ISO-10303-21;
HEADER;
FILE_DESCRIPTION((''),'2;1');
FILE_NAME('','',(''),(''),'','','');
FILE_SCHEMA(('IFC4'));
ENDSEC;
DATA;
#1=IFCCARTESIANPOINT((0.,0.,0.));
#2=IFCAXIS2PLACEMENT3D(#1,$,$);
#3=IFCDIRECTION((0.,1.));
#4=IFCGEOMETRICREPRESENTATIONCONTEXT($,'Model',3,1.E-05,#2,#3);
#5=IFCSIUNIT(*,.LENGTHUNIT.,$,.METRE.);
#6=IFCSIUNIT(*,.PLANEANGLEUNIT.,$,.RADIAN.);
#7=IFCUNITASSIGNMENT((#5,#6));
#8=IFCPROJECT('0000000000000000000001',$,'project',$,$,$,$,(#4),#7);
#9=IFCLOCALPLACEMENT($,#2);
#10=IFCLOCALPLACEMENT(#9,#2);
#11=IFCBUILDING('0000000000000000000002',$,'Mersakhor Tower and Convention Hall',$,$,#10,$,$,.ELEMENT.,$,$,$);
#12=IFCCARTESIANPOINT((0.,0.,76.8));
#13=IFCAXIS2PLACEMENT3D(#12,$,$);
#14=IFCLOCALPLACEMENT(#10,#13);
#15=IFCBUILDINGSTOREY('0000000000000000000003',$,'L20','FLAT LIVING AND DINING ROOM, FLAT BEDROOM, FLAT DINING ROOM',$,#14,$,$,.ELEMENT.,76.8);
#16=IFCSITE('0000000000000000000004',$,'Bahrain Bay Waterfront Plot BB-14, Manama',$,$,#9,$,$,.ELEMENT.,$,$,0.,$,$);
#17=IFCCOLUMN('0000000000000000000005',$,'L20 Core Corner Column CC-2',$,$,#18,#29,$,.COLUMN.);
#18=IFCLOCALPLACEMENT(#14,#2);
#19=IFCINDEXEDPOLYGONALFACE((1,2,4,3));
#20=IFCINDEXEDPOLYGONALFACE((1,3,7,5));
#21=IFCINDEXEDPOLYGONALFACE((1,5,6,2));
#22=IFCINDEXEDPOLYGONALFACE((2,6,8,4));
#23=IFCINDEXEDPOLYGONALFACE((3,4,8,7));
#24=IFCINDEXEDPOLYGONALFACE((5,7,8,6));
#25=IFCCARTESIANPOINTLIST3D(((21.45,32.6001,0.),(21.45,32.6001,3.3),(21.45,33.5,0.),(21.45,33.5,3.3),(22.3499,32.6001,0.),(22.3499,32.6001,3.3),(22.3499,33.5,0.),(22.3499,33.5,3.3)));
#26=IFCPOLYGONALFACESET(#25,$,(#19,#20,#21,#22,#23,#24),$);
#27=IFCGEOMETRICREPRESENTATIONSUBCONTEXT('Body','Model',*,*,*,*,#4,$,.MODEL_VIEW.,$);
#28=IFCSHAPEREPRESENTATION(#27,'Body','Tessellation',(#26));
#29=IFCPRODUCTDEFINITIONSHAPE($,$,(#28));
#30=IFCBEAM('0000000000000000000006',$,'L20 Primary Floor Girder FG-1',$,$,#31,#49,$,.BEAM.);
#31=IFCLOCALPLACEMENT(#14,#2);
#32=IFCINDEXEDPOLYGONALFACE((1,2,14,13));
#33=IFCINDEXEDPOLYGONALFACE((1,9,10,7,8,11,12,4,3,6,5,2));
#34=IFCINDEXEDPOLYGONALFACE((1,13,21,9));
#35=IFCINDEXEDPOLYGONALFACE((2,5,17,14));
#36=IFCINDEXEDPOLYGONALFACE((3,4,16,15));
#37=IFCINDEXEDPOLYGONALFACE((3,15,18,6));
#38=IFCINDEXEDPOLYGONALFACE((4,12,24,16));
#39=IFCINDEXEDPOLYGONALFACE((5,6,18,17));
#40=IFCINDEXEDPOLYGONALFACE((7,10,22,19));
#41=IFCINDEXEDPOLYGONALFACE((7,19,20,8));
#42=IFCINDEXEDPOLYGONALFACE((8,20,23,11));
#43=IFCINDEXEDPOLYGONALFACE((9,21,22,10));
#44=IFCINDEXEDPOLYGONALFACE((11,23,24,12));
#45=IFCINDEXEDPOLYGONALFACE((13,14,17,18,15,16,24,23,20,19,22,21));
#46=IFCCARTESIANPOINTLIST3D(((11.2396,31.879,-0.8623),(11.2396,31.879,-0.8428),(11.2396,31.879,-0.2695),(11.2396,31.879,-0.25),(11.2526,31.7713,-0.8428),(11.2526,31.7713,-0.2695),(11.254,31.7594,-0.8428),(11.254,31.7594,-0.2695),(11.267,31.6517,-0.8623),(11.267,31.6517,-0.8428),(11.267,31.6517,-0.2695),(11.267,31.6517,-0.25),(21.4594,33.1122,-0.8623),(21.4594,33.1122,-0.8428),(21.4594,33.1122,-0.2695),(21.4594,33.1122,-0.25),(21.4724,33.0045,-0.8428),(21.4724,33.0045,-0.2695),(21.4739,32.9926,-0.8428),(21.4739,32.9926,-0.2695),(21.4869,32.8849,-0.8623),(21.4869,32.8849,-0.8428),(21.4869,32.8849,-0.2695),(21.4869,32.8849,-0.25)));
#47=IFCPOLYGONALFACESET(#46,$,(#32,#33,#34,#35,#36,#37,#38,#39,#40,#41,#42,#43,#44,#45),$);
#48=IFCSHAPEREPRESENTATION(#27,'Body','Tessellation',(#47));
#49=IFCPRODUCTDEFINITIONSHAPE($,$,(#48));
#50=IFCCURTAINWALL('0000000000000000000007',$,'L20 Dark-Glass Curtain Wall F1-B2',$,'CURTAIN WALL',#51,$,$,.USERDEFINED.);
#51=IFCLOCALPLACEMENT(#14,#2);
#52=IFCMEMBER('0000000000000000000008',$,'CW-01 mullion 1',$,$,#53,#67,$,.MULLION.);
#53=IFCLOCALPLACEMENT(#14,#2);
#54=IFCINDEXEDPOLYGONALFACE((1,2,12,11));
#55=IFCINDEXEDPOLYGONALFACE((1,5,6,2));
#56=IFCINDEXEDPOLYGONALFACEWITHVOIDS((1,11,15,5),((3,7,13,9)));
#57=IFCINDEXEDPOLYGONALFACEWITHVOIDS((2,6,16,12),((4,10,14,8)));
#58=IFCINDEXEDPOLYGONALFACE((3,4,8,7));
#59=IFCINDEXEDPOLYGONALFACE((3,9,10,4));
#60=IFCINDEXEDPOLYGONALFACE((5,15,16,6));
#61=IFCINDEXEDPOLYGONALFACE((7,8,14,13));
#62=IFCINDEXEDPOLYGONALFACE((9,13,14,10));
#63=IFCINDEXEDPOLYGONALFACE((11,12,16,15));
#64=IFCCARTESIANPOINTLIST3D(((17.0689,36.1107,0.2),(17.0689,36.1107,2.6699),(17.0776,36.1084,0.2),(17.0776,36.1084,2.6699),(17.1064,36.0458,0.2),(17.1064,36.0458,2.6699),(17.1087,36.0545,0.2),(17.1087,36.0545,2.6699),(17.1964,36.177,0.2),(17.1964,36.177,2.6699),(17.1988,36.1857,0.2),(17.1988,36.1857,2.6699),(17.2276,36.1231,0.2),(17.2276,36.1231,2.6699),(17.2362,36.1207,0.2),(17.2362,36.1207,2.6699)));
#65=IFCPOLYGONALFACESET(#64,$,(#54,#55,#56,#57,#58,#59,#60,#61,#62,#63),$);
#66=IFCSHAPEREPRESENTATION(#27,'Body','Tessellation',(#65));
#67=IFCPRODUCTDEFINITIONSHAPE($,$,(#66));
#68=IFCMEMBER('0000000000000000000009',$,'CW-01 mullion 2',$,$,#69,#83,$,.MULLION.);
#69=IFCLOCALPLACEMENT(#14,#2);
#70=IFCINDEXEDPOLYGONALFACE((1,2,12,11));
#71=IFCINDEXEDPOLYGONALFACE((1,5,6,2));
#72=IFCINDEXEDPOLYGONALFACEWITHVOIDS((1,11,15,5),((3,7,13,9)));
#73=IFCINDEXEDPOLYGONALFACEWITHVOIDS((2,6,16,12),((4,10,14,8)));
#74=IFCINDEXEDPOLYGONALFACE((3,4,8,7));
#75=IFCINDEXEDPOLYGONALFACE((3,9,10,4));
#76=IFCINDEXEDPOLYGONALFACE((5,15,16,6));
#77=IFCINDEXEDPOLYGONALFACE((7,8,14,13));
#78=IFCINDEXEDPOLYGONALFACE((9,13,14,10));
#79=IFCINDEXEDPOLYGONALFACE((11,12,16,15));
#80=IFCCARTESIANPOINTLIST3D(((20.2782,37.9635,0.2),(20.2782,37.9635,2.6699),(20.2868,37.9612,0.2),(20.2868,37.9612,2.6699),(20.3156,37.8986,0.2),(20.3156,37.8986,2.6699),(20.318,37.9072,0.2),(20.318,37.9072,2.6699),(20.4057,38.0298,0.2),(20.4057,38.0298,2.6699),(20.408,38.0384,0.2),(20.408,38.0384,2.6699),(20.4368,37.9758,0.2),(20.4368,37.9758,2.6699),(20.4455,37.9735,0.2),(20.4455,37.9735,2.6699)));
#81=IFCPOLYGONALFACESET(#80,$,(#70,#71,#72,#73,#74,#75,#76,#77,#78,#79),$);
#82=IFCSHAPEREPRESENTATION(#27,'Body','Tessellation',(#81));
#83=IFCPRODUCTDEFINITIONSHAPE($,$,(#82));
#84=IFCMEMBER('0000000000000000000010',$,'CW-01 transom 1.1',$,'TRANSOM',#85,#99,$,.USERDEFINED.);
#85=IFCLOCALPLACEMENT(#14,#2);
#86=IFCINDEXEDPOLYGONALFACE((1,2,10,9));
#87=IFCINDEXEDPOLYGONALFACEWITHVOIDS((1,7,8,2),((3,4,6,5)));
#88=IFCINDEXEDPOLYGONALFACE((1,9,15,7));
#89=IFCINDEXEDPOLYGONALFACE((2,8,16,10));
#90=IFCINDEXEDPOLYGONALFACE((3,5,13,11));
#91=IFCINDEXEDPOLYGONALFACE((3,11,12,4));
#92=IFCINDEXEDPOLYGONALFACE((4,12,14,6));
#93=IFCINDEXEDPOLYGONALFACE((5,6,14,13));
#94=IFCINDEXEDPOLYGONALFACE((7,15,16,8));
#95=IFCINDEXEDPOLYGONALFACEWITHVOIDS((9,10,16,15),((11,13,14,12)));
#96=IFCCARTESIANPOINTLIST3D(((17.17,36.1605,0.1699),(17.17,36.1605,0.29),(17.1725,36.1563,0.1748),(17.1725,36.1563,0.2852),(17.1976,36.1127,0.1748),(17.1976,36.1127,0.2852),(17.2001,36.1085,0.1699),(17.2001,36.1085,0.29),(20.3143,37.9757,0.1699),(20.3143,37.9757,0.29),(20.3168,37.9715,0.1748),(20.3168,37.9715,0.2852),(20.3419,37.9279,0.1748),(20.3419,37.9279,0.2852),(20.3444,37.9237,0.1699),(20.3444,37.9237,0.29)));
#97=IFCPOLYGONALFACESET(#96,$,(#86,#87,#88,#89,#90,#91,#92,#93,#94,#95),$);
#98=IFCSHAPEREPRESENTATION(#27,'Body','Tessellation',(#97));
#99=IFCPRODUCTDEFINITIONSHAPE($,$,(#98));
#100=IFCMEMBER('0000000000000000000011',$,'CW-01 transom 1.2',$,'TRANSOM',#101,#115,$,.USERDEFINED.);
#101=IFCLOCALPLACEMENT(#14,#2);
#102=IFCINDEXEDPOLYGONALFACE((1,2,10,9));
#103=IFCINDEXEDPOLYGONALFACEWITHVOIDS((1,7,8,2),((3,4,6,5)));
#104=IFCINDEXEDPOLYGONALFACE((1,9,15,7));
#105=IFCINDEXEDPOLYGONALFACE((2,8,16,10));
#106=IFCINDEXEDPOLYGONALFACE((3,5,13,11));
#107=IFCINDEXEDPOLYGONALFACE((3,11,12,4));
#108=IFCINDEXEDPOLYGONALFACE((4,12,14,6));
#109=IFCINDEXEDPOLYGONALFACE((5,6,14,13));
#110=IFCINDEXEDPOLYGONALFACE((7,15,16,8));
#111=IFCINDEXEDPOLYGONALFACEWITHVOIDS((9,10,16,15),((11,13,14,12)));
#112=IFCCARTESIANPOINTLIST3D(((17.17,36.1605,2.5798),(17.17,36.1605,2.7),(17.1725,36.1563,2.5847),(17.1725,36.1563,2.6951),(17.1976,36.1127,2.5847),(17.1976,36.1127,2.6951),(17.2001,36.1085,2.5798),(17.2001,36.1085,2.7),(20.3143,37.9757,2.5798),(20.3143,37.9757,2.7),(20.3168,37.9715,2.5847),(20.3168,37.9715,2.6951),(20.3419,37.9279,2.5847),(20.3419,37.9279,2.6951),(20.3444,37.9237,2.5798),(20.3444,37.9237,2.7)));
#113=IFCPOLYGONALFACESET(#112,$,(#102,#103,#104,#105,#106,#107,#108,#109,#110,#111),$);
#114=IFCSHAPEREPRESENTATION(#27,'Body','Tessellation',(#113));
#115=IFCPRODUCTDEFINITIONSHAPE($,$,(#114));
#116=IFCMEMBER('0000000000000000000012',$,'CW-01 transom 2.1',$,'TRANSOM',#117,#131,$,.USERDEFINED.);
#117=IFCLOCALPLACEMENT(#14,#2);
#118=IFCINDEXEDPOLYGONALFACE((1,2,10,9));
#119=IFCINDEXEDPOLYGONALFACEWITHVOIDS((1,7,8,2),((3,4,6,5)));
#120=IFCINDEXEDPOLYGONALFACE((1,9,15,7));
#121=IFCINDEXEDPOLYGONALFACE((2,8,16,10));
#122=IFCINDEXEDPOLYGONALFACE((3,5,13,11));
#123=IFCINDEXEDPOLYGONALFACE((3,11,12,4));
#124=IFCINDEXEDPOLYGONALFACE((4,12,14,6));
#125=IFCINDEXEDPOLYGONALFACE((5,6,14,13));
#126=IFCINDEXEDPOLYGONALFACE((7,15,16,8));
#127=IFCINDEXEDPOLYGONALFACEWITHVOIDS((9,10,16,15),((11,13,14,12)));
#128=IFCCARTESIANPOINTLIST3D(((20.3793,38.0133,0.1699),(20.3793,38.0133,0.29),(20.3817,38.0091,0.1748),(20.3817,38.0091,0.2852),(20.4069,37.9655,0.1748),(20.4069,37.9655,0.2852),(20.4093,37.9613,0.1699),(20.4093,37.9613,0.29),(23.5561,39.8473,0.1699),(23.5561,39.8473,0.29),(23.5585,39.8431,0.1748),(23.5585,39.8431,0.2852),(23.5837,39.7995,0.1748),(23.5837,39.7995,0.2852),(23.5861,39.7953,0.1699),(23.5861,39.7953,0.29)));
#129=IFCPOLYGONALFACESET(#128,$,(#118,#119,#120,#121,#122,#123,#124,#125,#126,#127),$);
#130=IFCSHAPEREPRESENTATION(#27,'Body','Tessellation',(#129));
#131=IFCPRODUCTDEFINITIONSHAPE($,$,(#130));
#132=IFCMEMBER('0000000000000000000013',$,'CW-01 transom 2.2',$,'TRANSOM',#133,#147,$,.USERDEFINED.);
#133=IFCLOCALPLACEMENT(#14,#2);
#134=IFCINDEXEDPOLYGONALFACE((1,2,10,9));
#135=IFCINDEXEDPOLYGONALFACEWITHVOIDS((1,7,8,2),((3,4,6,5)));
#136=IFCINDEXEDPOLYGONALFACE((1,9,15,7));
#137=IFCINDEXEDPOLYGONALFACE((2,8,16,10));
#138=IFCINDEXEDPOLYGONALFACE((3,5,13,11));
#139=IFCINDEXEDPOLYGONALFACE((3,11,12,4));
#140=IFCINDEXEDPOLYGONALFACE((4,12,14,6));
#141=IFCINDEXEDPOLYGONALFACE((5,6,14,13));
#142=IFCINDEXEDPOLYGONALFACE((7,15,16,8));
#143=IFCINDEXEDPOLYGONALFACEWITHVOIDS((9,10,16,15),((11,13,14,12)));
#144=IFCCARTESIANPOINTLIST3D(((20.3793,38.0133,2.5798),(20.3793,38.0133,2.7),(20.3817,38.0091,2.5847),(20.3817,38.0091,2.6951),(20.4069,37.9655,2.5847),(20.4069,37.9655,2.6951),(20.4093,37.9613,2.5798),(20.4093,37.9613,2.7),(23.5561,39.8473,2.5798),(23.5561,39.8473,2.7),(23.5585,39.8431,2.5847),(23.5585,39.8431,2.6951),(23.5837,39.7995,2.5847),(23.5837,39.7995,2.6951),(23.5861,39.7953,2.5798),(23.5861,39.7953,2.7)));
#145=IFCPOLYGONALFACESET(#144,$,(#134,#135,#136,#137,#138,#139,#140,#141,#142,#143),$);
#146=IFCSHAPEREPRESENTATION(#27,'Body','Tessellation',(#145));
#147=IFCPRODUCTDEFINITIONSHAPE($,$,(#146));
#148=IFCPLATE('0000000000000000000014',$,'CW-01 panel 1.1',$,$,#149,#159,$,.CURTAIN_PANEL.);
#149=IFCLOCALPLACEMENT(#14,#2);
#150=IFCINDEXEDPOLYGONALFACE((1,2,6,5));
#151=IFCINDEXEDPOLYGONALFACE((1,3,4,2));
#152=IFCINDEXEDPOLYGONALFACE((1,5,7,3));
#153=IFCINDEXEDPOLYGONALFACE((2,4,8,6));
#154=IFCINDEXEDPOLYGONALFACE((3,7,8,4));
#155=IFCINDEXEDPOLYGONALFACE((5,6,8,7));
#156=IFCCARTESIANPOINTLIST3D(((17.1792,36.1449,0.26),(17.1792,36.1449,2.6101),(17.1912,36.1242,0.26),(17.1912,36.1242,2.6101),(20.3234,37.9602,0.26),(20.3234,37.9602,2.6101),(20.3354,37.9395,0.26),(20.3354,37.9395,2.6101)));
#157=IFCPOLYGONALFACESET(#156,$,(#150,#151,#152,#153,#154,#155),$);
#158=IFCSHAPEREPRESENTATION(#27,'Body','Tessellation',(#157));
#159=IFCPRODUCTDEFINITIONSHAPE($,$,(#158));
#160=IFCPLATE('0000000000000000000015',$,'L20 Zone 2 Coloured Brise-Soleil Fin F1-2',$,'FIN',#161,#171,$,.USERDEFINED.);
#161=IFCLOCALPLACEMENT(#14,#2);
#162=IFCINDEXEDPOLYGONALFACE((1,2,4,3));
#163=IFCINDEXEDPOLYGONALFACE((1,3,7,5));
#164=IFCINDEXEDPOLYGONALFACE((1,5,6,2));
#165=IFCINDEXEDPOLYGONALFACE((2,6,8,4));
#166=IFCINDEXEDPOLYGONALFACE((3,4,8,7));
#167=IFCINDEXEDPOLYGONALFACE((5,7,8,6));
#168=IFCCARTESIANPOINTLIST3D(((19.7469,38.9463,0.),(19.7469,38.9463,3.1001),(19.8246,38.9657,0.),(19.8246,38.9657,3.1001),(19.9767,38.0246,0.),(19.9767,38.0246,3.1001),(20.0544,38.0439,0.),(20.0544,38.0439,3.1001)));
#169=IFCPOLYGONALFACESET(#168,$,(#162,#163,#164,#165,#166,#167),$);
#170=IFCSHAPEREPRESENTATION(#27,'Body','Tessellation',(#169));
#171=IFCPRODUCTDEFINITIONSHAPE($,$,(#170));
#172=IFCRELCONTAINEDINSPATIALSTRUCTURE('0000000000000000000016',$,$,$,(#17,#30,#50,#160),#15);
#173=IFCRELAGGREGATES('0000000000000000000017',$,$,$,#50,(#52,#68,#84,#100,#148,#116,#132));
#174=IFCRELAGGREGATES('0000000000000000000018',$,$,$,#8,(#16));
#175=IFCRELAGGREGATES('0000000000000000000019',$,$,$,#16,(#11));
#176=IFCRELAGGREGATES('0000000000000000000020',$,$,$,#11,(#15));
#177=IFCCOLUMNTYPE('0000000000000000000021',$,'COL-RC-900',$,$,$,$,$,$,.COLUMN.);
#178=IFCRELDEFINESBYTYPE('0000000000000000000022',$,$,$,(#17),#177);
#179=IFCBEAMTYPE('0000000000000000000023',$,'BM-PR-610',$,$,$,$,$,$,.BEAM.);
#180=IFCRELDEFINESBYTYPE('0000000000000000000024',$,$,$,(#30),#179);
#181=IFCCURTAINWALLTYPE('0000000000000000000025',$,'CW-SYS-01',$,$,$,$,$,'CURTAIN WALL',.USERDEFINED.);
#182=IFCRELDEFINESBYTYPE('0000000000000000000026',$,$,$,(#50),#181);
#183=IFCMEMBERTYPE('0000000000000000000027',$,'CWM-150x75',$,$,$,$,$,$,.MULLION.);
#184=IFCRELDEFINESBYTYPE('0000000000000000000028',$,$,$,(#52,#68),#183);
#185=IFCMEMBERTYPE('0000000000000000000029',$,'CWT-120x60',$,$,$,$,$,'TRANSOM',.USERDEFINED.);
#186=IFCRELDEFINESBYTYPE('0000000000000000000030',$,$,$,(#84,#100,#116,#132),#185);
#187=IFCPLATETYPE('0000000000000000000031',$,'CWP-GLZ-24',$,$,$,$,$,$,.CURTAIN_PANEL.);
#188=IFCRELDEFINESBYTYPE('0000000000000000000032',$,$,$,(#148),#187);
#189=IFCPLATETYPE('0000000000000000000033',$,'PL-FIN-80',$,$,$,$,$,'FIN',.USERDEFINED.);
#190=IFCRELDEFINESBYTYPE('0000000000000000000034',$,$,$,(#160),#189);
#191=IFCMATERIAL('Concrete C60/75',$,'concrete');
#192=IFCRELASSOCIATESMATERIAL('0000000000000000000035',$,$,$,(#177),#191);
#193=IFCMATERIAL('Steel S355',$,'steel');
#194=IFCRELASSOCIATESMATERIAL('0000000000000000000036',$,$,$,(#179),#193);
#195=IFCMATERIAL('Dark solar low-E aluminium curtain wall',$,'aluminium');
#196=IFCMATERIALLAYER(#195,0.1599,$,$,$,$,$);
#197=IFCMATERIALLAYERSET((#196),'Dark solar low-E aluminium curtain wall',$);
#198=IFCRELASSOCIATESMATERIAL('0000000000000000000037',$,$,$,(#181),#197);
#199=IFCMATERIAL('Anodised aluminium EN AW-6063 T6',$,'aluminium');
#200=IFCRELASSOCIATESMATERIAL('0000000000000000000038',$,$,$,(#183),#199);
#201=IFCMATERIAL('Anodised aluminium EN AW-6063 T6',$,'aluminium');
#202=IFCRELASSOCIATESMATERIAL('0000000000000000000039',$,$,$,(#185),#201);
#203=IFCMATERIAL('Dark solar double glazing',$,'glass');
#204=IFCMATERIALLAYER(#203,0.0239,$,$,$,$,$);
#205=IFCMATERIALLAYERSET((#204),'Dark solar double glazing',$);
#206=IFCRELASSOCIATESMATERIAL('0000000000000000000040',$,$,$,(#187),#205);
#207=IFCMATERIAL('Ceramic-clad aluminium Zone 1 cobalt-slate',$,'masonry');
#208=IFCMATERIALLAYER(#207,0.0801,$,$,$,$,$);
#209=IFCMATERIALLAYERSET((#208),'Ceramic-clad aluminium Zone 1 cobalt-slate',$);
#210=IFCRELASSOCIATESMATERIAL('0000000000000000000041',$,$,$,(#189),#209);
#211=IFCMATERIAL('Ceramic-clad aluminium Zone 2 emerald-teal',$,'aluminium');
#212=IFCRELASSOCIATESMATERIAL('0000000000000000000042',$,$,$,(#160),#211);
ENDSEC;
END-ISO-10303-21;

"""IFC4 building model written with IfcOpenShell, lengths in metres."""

from ifc_helpers import new_model, si_unit, direction, frame, origin, origin_2d, place, context, subcontext, project, spatial, rectangle, hollow_rectangle, i_section, extrude, material, layer, layer_set, material_profile, profile_set, type_object, element, aggregate, save


model = new_model("IFC4")

# Units and contexts
model_context = context("Model", 3, precision=1e-05, world=origin(), true_north=direction((0.0, 1.0)))
body_context = subcontext(model_context, "Body", "Model", "MODEL_VIEW")
ifc_project = project(units=[si_unit("LENGTHUNIT", "METRE"), si_unit("PLANEANGLEUNIT", "RADIAN")], contexts=[model_context])

# Site, building, storey
site_placement = place(None, origin())
site = spatial("IfcSite", under=ifc_project, at=site_placement, Name="Bahrain Bay Waterfront Plot BB-14, Manama", CompositionType="ELEMENT", RefElevation=0.0)
building_placement = place(site_placement, origin())
building = spatial("IfcBuilding", under=site, at=building_placement, Name="Mersakhor Tower and Convention Hall", CompositionType="ELEMENT")
storey_placement = place(building_placement, frame((0.0, 0.0, 76.8)))
storey = spatial("IfcBuildingStorey", under=building, at=storey_placement, Name="L20", Description="FLAT LIVING AND DINING ROOM, FLAT BEDROOM, FLAT DINING ROOM", CompositionType="ELEMENT", Elevation=76.8)

# Column
ifc_material_1 = material(Name="Concrete C60/75", Category="concrete")
ifc_material_profile_1 = material_profile(ifc_material_1, rectangle(XDim=0.8999, YDim=0.8999, at=origin_2d()), Name="RC 900x900")
ifc_profile_set_1 = profile_set([ifc_material_profile_1], Name="Concrete C60/75")
column_type = type_object("IfcColumnType", Name="COL-RC-900", PredefinedType="COLUMN", material=ifc_profile_set_1)
column_placement = place(storey_placement, frame((21.8999, 33.05, 0.0), z_axis=(0.0, 0.0, 1.0), x_axis=(1.0, 0.0, 0.0)))
element("IfcColumn", 1, at=column_placement, inside=storey, type_object=column_type, Name="L20 Core Corner Column CC-2", PredefinedType="COLUMN", context=body_context, shape_type="SweptSolid", body=[
    extrude(rectangle(XDim=0.8999, YDim=0.8999, at=origin_2d()), origin(), (0.0, 0.0, 1.0), 3.3),
])

# Beam
ifc_material_2 = material(Name="Steel S355", Category="steel")
ifc_material_profile_2 = material_profile(ifc_material_2, i_section(OverallWidth=0.229, OverallDepth=0.6123, WebThickness=0.012, FlangeThickness=0.0195, at=origin_2d()), Name="UB 610x229x125")
ifc_profile_set_2 = profile_set([ifc_material_profile_2], Name="Steel S355")
beam_type = type_object("IfcBeamType", Name="BM-PR-610", PredefinedType="BEAM", material=ifc_profile_set_2)
beam_placement = place(storey_placement, frame((21.4731, 32.9985, -0.5562), z_axis=(-0.992799, -0.119795, 0.0), x_axis=(0.119795, -0.992799, 0.0)))
element("IfcBeam", 2, at=beam_placement, inside=storey, type_object=beam_type, Name="L20 Primary Floor Girder FG-1", PredefinedType="BEAM", context=body_context, shape_type="SweptSolid", body=[
    extrude(i_section(OverallWidth=0.229, OverallDepth=0.6123, WebThickness=0.012, FlangeThickness=0.0195, at=origin_2d()), origin(), (0.0, 0.0, 1.0), 10.2939),
])

# Curtain wall, members, plate
ifc_material_3 = material(Name="Dark solar low-E aluminium curtain wall", Category="aluminium")
ifc_layer_1 = layer(ifc_material_3, 0.1599)
ifc_layer_set_1 = layer_set([ifc_layer_1], Name="Dark solar low-E aluminium curtain wall")
curtain_wall_type = type_object("IfcCurtainWallType", Name="CW-SYS-01", ElementType="CURTAIN WALL", PredefinedType="USERDEFINED", material=ifc_layer_set_1)
curtain_wall_placement = place(storey_placement, origin())
curtain_wall = element("IfcCurtainWall", 3, at=curtain_wall_placement, inside=storey, type_object=curtain_wall_type, Name="L20 Dark-Glass Curtain Wall F1-B2", ObjectType="CURTAIN WALL", PredefinedType="USERDEFINED")
ifc_material_4 = material(Name="Anodised aluminium EN AW-6063 T6", Category="aluminium")
ifc_material_profile_3 = material_profile(ifc_material_4, hollow_rectangle(XDim=0.075, YDim=0.1499, WallThickness=0.0063, at=origin_2d()), Name="RHS 150x75x6.3")
ifc_profile_set_3 = profile_set([ifc_material_profile_3], Name="Anodised aluminium EN AW-6063 T6")
member_type_1 = type_object("IfcMemberType", Name="CWM-150x75", PredefinedType="MULLION", material=ifc_profile_set_3)
member_1_placement = place(storey_placement, frame((17.1526, 36.1157, 0.2), z_axis=(0.0, 0.0, 1.0), x_axis=(-0.499998, 0.866027, 0.0)))
member_1 = element("IfcMember", 4, at=member_1_placement, type_object=member_type_1, Name="CW-01 mullion 1", PredefinedType="MULLION", context=body_context, shape_type="SweptSolid", body=[
    extrude(hollow_rectangle(XDim=0.075, YDim=0.1499, WallThickness=0.0063, at=origin_2d()), origin(), (0.0, 0.0, 1.0), 2.47),
])
member_2_placement = place(storey_placement, frame((20.3618, 37.9685, 0.2), z_axis=(0.0, 0.0, 1.0), x_axis=(-0.499998, 0.866027, 0.0)))
member_2 = element("IfcMember", 5, at=member_2_placement, type_object=member_type_1, Name="CW-01 mullion 2", PredefinedType="MULLION", context=body_context, shape_type="SweptSolid", body=[
    extrude(hollow_rectangle(XDim=0.075, YDim=0.1499, WallThickness=0.0063, at=origin_2d()), origin(), (0.0, 0.0, 1.0), 2.47),
])
ifc_material_5 = material(Name="Anodised aluminium EN AW-6063 T6", Category="aluminium")
ifc_material_profile_4 = material_profile(ifc_material_5, hollow_rectangle(XDim=0.0601, YDim=0.1201, WallThickness=0.0049, at=origin_2d()), Name="RHS 120x60x5")
ifc_profile_set_4 = profile_set([ifc_material_profile_4], Name="Anodised aluminium EN AW-6063 T6")
member_type_2 = type_object("IfcMemberType", Name="CWT-120x60", ElementType="TRANSOM", PredefinedType="USERDEFINED", material=ifc_profile_set_4)
member_3_placement = place(storey_placement, frame((17.1851, 36.1345, 0.23), z_axis=(0.866046, 0.499965, 0.0), x_axis=(-0.499965, 0.866046, 0.0)))
member_3 = element("IfcMember", 6, at=member_3_placement, type_object=member_type_2, Name="CW-01 transom 1.1", ObjectType="TRANSOM", PredefinedType="USERDEFINED", context=body_context, shape_type="SweptSolid", body=[
    extrude(hollow_rectangle(XDim=0.0601, YDim=0.1201, WallThickness=0.0049, at=origin_2d()), origin(), (0.0, 0.0, 1.0), 3.6306),
])
member_4_placement = place(storey_placement, frame((17.1851, 36.1345, 2.6399), z_axis=(0.866046, 0.499965, 0.0), x_axis=(-0.499965, 0.866046, 0.0)))
member_4 = element("IfcMember", 7, at=member_4_placement, type_object=member_type_2, Name="CW-01 transom 1.2", ObjectType="TRANSOM", PredefinedType="USERDEFINED", context=body_context, shape_type="SweptSolid", body=[
    extrude(hollow_rectangle(XDim=0.0601, YDim=0.1201, WallThickness=0.0049, at=origin_2d()), origin(), (0.0, 0.0, 1.0), 3.6306),
])
member_5_placement = place(storey_placement, frame((20.3943, 37.9873, 0.23), z_axis=(0.866039, 0.499976, 0.0), x_axis=(-0.499976, 0.866039, 0.0)))
member_5 = element("IfcMember", 8, at=member_5_placement, type_object=member_type_2, Name="CW-01 transom 2.1", ObjectType="TRANSOM", PredefinedType="USERDEFINED", context=body_context, shape_type="SweptSolid", body=[
    extrude(hollow_rectangle(XDim=0.0601, YDim=0.1201, WallThickness=0.0049, at=origin_2d()), origin(), (0.0, 0.0, 1.0), 3.6682),
])
member_6_placement = place(storey_placement, frame((20.3943, 37.9873, 2.6399), z_axis=(0.866039, 0.499976, 0.0), x_axis=(-0.499976, 0.866039, 0.0)))
member_6 = element("IfcMember", 9, at=member_6_placement, type_object=member_type_2, Name="CW-01 transom 2.2", ObjectType="TRANSOM", PredefinedType="USERDEFINED", context=body_context, shape_type="SweptSolid", body=[
    extrude(hollow_rectangle(XDim=0.0601, YDim=0.1201, WallThickness=0.0049, at=origin_2d()), origin(), (0.0, 0.0, 1.0), 3.6682),
])
ifc_material_6 = material(Name="Dark solar double glazing", Category="glass")
ifc_layer_2 = layer(ifc_material_6, 0.0239)
ifc_layer_set_2 = layer_set([ifc_layer_2], Name="Dark solar double glazing")
plate_type_1 = type_object("IfcPlateType", Name="CWP-GLZ-24", PredefinedType="CURTAIN_PANEL", material=ifc_layer_set_2)
plate_1_placement = place(storey_placement, frame((18.7573, 37.0422, 0.26), z_axis=(0.0, 0.0, 1.0), x_axis=(0.866027, 0.499998, 0.0)))
plate_1 = element("IfcPlate", 10, at=plate_1_placement, type_object=plate_type_1, Name="CW-01 panel 1.1", PredefinedType="CURTAIN_PANEL", context=body_context, shape_type="SweptSolid", body=[
    extrude(rectangle(XDim=3.6306, YDim=0.0239, at=origin_2d()), origin(), (0.0, 0.0, 1.0), 2.3501),
])
aggregate(curtain_wall, [member_1, member_2, member_3, member_4, plate_1, member_5, member_6])

# Plate
ifc_material_7 = material(Name="Ceramic-clad aluminium Zone 2 emerald-teal", Category="aluminium")
ifc_material_8 = material(Name="Ceramic-clad aluminium Zone 1 cobalt-slate", Category="masonry")
ifc_layer_3 = layer(ifc_material_8, 0.0801)
ifc_layer_set_3 = layer_set([ifc_layer_3], Name="Ceramic-clad aluminium Zone 1 cobalt-slate")
plate_type_2 = type_object("IfcPlateType", Name="PL-FIN-80", ElementType="FIN", PredefinedType="USERDEFINED", material=ifc_layer_set_3)
plate_2_placement = place(storey_placement, frame((19.9006, 38.4951, 0.0), z_axis=(0.0, 0.0, 1.0), x_axis=(-0.241922, 0.970296, 0.0)))
element("IfcPlate", 11, at=plate_2_placement, inside=storey, type_object=plate_type_2, material=ifc_material_7, Name="L20 Zone 2 Coloured Brise-Soleil Fin F1-2", ObjectType="FIN", PredefinedType="USERDEFINED", context=body_context, shape_type="SweptSolid", body=[
    extrude(rectangle(XDim=0.95, YDim=0.0801, at=origin_2d()), origin(), (0.0, 0.0, 1.0), 3.1001),
])

save(model, "model.ifc")
